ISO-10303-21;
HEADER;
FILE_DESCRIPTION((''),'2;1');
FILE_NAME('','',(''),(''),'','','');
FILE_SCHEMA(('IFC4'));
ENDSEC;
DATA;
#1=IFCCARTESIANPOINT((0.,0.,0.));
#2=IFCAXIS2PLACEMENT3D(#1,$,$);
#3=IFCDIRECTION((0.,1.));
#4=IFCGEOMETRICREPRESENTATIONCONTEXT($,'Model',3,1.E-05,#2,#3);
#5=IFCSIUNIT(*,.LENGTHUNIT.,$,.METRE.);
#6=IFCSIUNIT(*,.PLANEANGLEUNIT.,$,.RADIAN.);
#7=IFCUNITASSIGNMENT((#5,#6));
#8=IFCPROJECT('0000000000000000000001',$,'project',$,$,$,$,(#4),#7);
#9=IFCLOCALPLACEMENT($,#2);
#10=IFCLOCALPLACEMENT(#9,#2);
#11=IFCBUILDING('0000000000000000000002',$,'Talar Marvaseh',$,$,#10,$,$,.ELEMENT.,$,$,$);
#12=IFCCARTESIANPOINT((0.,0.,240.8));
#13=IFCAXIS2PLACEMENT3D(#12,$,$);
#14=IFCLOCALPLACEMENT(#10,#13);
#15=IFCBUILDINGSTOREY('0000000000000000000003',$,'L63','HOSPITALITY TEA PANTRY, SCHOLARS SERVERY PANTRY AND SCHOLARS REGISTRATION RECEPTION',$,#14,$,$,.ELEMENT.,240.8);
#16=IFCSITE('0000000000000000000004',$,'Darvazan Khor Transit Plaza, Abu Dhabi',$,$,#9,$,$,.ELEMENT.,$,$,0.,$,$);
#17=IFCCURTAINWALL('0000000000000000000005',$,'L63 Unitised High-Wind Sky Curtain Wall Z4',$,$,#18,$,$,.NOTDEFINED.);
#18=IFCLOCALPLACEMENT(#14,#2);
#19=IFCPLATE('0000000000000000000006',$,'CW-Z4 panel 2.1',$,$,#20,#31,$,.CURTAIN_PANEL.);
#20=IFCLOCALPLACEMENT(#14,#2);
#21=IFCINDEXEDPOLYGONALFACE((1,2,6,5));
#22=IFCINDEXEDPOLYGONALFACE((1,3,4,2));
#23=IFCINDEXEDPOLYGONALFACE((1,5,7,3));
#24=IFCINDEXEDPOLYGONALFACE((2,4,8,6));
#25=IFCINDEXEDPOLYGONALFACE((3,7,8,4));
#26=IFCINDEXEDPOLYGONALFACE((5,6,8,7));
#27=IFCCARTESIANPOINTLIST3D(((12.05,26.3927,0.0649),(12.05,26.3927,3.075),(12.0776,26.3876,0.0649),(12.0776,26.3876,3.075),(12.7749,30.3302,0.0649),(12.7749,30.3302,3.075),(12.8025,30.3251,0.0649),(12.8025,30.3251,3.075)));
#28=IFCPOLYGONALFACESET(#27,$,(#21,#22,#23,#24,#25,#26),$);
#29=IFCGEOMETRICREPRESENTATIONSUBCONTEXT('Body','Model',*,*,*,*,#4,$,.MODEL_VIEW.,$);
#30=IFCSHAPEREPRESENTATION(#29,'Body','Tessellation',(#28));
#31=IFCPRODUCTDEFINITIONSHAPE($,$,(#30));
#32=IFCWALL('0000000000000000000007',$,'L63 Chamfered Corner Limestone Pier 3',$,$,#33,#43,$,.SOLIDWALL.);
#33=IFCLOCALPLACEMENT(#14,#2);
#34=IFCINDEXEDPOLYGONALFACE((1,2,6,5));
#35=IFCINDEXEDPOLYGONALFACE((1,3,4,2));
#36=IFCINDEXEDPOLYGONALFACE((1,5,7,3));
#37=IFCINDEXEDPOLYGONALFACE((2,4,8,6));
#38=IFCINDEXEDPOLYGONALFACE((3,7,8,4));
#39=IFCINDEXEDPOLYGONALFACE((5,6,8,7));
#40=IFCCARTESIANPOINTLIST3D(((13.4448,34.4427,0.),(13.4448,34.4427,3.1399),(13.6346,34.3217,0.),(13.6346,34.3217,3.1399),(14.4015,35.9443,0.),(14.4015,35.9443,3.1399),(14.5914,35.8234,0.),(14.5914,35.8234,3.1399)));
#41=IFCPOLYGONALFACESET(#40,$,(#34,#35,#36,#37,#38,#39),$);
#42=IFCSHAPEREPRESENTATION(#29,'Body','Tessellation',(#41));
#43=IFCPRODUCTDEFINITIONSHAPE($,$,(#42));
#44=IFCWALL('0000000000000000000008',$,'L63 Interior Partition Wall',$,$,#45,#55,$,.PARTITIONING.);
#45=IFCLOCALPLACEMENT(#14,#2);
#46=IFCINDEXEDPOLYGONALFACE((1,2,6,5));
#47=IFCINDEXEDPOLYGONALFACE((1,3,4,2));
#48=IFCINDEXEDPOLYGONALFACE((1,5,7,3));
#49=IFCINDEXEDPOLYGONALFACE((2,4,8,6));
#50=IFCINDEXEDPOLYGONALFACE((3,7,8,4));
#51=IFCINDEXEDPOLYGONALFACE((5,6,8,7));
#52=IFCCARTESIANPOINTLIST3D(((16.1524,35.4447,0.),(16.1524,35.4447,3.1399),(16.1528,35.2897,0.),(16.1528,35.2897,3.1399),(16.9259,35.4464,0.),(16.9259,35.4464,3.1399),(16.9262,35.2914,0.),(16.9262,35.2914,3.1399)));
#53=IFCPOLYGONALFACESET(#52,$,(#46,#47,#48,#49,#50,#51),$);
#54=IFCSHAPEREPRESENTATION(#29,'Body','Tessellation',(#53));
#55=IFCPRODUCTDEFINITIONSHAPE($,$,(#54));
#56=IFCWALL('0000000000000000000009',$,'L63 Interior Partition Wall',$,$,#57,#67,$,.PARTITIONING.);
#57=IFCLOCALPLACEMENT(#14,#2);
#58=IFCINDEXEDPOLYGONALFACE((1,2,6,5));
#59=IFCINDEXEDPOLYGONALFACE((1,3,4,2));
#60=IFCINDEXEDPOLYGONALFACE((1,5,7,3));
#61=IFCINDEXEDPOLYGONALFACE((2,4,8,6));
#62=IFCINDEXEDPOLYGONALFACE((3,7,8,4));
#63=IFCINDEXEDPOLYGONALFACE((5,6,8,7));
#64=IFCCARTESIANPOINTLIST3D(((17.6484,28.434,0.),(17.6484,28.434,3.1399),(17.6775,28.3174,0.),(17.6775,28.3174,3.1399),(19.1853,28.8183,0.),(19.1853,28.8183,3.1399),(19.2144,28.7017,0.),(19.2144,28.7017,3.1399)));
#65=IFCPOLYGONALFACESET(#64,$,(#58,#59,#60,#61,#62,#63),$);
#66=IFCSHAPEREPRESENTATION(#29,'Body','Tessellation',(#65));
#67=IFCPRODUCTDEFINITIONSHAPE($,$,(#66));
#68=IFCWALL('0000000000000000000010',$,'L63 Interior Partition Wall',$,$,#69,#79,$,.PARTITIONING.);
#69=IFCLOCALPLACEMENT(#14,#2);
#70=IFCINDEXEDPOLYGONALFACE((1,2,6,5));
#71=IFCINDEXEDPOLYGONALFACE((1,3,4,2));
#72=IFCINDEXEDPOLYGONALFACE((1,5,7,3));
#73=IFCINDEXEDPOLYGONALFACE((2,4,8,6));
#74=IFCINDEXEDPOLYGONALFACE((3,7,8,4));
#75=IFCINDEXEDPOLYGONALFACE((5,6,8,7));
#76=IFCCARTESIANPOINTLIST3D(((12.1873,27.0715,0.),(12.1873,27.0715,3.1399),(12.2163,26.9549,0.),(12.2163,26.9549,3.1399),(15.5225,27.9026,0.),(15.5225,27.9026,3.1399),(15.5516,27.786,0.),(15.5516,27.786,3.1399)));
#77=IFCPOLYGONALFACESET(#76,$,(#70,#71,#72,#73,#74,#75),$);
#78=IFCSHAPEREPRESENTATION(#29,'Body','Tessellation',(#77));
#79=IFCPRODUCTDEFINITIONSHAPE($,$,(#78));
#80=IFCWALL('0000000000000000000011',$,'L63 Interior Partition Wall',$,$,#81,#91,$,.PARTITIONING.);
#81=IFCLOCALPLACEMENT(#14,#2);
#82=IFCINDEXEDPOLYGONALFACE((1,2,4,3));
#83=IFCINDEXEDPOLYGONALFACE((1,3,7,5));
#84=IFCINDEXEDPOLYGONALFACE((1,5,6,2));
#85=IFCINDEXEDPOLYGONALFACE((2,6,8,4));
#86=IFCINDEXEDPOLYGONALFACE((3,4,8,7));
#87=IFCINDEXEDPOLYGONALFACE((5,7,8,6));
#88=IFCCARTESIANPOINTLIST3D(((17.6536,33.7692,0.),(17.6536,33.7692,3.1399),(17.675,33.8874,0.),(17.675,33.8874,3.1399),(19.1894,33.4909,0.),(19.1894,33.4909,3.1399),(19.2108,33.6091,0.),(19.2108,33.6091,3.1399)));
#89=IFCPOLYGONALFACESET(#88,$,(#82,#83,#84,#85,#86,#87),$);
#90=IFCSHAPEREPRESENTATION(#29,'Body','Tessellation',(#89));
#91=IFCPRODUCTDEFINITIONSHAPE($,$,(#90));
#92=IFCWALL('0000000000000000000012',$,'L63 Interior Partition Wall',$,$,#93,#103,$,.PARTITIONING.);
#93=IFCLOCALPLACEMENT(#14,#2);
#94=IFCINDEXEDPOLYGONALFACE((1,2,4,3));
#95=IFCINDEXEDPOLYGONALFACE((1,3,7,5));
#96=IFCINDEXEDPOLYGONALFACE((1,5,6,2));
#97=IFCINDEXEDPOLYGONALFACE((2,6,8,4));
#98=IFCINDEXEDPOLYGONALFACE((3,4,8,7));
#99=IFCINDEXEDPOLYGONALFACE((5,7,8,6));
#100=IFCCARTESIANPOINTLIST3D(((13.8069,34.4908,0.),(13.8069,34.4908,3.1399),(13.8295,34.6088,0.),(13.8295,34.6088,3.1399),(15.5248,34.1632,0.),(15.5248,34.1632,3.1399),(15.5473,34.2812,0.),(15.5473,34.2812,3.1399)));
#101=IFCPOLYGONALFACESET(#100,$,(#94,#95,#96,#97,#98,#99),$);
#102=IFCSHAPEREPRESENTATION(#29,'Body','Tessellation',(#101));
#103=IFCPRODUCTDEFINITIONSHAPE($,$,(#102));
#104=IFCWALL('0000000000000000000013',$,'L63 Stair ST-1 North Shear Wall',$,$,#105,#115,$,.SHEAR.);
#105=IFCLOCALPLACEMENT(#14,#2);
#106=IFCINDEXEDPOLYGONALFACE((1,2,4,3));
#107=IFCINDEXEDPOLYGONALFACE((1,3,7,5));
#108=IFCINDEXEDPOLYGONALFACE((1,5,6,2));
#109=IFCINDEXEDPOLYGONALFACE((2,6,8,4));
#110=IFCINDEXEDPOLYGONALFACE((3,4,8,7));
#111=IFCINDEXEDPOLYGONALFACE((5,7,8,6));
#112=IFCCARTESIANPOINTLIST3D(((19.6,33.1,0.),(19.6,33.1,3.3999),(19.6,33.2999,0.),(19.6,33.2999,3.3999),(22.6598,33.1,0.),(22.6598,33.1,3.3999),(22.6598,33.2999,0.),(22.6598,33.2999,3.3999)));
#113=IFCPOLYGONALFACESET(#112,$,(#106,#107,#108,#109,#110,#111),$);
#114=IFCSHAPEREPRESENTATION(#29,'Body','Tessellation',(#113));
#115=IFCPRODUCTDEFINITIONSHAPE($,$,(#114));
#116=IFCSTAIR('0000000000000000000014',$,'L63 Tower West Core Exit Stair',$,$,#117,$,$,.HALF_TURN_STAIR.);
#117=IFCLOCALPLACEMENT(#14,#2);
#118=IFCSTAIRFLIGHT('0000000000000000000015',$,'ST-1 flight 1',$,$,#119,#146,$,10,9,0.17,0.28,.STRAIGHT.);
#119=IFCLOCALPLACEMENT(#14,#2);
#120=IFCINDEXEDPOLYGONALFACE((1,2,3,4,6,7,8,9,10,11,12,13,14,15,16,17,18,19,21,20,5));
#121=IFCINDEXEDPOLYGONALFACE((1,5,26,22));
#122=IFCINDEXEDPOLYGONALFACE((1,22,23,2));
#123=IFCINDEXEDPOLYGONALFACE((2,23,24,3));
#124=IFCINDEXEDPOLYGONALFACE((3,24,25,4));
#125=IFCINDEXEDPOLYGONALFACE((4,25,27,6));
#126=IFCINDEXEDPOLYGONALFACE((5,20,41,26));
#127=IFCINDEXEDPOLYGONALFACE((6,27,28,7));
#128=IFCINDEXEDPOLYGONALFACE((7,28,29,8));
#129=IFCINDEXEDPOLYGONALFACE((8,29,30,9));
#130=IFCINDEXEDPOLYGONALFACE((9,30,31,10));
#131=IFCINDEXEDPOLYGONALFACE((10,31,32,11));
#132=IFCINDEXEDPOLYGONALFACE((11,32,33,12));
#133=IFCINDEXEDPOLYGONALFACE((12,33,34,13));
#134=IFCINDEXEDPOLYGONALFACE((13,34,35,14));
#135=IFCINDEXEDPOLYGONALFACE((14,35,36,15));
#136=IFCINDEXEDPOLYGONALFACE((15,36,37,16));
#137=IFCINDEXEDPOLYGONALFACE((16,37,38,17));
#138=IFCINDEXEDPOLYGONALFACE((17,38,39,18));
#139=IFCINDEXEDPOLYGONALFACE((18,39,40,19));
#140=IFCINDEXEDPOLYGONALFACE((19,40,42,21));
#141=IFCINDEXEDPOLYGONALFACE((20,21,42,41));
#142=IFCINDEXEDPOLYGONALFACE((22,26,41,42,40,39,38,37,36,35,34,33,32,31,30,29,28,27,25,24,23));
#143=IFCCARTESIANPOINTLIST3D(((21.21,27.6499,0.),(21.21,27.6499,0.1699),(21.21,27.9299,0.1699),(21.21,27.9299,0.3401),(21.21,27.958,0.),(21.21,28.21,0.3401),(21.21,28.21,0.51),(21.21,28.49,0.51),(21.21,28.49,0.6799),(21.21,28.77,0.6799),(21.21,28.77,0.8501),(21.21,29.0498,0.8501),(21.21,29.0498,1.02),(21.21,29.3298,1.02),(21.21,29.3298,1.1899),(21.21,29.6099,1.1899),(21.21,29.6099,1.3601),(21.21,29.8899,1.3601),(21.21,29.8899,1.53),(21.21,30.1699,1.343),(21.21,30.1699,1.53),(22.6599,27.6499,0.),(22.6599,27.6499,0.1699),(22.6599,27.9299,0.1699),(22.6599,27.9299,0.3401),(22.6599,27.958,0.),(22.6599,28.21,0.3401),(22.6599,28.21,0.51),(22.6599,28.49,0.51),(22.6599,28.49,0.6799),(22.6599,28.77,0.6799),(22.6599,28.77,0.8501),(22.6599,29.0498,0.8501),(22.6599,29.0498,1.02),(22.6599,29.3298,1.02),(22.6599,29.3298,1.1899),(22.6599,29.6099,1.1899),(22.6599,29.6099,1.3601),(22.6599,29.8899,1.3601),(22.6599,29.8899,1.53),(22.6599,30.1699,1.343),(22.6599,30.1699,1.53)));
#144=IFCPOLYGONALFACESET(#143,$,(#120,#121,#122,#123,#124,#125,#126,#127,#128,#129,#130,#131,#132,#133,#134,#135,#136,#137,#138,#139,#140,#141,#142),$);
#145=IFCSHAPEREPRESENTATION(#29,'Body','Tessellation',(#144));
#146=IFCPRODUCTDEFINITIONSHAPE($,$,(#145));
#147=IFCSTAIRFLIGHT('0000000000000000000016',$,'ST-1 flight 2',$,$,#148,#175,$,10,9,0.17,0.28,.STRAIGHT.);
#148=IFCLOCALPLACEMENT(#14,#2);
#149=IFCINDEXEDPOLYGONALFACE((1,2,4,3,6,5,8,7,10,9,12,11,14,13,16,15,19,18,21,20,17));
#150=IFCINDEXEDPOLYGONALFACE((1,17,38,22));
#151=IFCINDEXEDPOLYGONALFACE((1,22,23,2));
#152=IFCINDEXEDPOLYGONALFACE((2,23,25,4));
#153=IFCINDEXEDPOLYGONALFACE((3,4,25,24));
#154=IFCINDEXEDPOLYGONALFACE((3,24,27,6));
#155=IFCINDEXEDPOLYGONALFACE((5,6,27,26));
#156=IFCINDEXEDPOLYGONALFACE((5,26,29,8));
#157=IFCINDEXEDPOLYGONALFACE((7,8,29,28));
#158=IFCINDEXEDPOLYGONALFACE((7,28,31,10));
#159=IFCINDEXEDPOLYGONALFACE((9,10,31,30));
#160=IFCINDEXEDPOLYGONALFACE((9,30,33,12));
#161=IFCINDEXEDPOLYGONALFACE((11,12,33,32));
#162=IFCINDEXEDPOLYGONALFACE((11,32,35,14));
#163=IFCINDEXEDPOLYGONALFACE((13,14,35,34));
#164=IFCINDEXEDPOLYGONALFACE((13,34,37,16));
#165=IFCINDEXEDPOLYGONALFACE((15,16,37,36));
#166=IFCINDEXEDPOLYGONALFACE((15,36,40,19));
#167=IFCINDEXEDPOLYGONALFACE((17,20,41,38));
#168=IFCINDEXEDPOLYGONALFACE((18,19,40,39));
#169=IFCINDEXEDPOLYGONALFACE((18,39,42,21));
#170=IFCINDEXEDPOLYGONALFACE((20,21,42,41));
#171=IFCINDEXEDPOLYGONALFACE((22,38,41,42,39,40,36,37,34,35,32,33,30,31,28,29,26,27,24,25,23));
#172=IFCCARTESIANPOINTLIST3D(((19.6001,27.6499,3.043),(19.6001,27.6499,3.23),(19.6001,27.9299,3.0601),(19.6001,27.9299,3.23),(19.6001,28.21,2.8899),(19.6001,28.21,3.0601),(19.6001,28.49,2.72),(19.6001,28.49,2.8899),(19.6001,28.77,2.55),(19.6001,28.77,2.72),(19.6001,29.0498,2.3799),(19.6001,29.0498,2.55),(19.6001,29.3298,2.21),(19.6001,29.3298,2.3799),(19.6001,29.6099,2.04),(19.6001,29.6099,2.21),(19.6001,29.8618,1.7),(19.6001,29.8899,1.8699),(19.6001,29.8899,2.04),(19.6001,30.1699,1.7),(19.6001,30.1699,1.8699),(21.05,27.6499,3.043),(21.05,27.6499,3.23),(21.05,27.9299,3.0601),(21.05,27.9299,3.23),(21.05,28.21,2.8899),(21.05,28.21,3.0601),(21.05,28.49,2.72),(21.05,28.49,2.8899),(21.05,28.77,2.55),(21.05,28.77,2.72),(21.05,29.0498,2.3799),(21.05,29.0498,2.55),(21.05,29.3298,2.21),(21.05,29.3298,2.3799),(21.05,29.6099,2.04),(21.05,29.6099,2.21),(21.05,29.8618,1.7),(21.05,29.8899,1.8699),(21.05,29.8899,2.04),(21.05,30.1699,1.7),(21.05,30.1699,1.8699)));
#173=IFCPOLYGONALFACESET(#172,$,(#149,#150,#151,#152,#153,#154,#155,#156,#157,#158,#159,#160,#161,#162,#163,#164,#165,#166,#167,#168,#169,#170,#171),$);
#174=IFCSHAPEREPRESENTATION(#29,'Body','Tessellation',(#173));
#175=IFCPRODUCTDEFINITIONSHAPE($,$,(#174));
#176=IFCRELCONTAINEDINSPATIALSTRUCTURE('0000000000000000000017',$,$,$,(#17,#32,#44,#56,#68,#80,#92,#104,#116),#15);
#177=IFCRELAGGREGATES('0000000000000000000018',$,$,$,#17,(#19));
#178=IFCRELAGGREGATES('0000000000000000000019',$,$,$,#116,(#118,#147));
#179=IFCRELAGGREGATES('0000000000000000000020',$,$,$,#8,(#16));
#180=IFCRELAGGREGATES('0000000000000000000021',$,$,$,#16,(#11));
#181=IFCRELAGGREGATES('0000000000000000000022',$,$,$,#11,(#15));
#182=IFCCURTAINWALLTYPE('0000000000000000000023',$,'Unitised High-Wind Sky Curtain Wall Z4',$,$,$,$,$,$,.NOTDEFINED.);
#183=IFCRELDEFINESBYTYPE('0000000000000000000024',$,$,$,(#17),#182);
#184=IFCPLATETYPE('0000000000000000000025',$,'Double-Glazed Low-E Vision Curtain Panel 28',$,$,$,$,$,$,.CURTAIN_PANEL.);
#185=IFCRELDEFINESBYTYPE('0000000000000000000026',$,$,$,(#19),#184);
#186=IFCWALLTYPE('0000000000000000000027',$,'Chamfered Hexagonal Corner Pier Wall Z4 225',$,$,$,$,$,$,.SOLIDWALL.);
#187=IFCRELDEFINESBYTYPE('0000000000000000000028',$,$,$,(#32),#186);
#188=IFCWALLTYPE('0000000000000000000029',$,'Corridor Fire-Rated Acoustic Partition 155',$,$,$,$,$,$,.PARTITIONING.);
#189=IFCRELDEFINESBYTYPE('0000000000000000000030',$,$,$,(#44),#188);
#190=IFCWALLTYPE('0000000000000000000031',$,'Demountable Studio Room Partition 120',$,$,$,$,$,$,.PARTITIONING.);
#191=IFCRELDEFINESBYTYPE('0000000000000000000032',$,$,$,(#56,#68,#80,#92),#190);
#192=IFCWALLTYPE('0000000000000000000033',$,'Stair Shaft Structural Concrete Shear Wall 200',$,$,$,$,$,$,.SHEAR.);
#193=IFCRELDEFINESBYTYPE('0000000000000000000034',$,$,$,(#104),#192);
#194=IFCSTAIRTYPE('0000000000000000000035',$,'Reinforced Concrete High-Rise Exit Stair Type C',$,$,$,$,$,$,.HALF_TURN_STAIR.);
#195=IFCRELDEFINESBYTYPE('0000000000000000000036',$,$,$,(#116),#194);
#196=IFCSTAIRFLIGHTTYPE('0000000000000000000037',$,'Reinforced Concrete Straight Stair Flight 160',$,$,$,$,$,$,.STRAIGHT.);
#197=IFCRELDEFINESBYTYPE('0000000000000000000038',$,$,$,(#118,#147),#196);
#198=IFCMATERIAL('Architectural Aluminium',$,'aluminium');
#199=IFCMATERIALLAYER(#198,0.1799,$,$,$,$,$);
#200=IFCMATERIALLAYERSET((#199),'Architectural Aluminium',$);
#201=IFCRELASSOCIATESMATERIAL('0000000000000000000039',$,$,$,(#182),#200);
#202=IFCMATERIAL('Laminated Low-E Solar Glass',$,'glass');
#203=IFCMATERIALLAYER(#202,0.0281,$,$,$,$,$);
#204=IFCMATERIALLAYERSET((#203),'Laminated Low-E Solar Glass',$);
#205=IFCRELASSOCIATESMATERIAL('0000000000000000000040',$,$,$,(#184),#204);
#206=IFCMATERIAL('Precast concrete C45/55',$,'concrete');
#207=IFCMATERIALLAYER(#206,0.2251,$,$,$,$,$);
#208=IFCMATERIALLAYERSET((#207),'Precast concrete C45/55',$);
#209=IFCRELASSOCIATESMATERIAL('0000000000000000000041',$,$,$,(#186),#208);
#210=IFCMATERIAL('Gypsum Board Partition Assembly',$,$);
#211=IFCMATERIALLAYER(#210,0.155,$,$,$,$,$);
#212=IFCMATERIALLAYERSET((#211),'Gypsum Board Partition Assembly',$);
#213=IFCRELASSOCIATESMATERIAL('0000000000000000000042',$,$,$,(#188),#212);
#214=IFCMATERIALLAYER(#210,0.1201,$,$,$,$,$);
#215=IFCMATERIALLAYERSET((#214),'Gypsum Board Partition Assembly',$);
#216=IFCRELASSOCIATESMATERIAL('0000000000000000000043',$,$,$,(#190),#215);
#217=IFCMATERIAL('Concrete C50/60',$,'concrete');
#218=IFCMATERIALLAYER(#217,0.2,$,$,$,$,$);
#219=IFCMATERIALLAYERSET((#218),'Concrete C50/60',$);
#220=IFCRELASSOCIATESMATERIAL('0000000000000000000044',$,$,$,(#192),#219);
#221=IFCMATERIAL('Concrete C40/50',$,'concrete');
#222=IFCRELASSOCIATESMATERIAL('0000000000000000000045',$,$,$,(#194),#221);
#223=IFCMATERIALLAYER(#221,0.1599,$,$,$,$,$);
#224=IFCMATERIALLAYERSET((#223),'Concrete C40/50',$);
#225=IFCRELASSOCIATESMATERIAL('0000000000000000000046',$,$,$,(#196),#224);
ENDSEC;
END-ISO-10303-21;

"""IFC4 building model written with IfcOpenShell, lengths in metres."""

from ifc_helpers import new_model, si_unit, direction, frame, frame_2d, origin, origin_2d, place, context, subcontext, project, spatial, polyline, rectangle, outline, extrude, source, transform, mapped, material, layer, layer_set, type_object, element, aggregate, save


model = new_model("IFC4")

# Units and contexts
model_context = context("Model", 3, precision=1e-05, world=origin(), true_north=direction((0.0, 1.0)))
body_context = subcontext(model_context, "Body", "Model", "MODEL_VIEW")
ifc_project = project(units=[si_unit("LENGTHUNIT", "METRE"), si_unit("PLANEANGLEUNIT", "RADIAN")], contexts=[model_context])

# Site, building, storey
site_placement = place(None, origin())
site = spatial("IfcSite", under=ifc_project, at=site_placement, Name="Darvazan Khor Transit Plaza, Abu Dhabi", CompositionType="ELEMENT", RefElevation=0.0)
building_placement = place(site_placement, origin())
building = spatial("IfcBuilding", under=site, at=building_placement, Name="Talar Marvaseh", CompositionType="ELEMENT")
storey_placement = place(building_placement, frame((0.0, 0.0, 240.8)))
storey = spatial("IfcBuildingStorey", under=building, at=storey_placement, Name="L63", Description="HOSPITALITY TEA PANTRY, SCHOLARS SERVERY PANTRY AND SCHOLARS REGISTRATION RECEPTION", CompositionType="ELEMENT", Elevation=240.8)

# Shared definitions
ifc_material_1 = material(Name="Concrete C50/60", Category="concrete")

# Curtain wall, plate
ifc_material_2 = material(Name="Architectural Aluminium", Category="aluminium")
ifc_layer_1 = layer(ifc_material_2, 0.1799)
ifc_layer_set_1 = layer_set([ifc_layer_1], Name="Architectural Aluminium")
curtain_wall_type = type_object("IfcCurtainWallType", Name="Unitised High-Wind Sky Curtain Wall Z4", PredefinedType="NOTDEFINED", material=ifc_layer_set_1)
curtain_wall_placement = place(storey_placement, origin())
curtain_wall = element("IfcCurtainWall", 1, at=curtain_wall_placement, inside=storey, type_object=curtain_wall_type, Name="L63 Unitised High-Wind Sky Curtain Wall Z4", PredefinedType="NOTDEFINED")
ifc_material_3 = material(Name="Laminated Low-E Solar Glass", Category="glass")
ifc_layer_2 = layer(ifc_material_3, 0.0281)
ifc_layer_set_2 = layer_set([ifc_layer_2], Name="Laminated Low-E Solar Glass")
plate_type = type_object("IfcPlateType", Name="Double-Glazed Low-E Vision Curtain Panel 28", PredefinedType="CURTAIN_PANEL", material=ifc_layer_set_2)
shared_shape_1 = source(origin(), body_context, "Body", "SweptSolid", [
    extrude(rectangle(XDim=4.0037, YDim=0.0281, at=origin_2d()), origin(), (0.0, 0.0, 1.0), 3.01),
])
plate_1_placement = place(storey_placement, frame((12.4263, 28.3589, 0.0649), z_axis=(0.0, 0.0, 1.0), x_axis=(0.181067, 0.983471, 0.0)))
plate_1 = element("IfcPlate", 2, at=plate_1_placement, type_object=plate_type, Name="CW-Z4 panel 2.1", PredefinedType="CURTAIN_PANEL", context=body_context, shape_type="MappedRepresentation", body=[
    mapped(shared_shape_1, transform((0.0, 0.0, 0.0), x_axis=(1.0, 0.0, 0.0), y_axis=(0.0, 1.0, 0.0), z_axis=(0.0, 0.0, 1.0), scale=1.0)),
])
aggregate(curtain_wall, [plate_1])

# Walls
ifc_material_4 = material(Name="Precast concrete C45/55", Category="concrete")
ifc_layer_3 = layer(ifc_material_4, 0.2251)
ifc_layer_set_3 = layer_set([ifc_layer_3], Name="Precast concrete C45/55")
wall_type_1 = type_object("IfcWallType", Name="Chamfered Hexagonal Corner Pier Wall Z4 225", PredefinedType="SOLIDWALL", material=ifc_layer_set_3)
wall_1_placement = place(storey_placement, frame((13.5398, 34.3823, 0.0), z_axis=(0.0, 0.0, 1.0), x_axis=(0.537337, 0.843368, 0.0)))
element("IfcWall", 3, at=wall_1_placement, inside=storey, type_object=wall_type_1, Name="L63 Chamfered Corner Limestone Pier 3", PredefinedType="SOLIDWALL", context=body_context, shape_type="SweptSolid", body=[
    extrude(rectangle(XDim=1.7805, YDim=0.2251, at=frame_2d((0.8901, 0.0))), origin(), (0.0, 0.0, 1.0), 3.1399),
])
ifc_material_5 = material(Name="Gypsum Board Partition Assembly")
ifc_layer_4 = layer(ifc_material_5, 0.155)
ifc_layer_set_4 = layer_set([ifc_layer_4], Name="Gypsum Board Partition Assembly")
wall_type_2 = type_object("IfcWallType", Name="Corridor Fire-Rated Acoustic Partition 155", PredefinedType="PARTITIONING", material=ifc_layer_set_4)
wall_2_placement = place(storey_placement, frame((16.1526, 35.3672, 0.0), z_axis=(0.0, 0.0, 1.0), x_axis=(0.999998, 0.00221, 0.0)))
element("IfcWall", 4, at=wall_2_placement, inside=storey, type_object=wall_type_2, Name="L63 Interior Partition Wall", PredefinedType="PARTITIONING", context=body_context, shape_type="SweptSolid", body=[
    extrude(rectangle(XDim=0.7734, YDim=0.155, at=frame_2d((0.3867, 0.0))), origin(), (0.0, 0.0, 1.0), 3.1399),
])
ifc_layer_5 = layer(ifc_material_5, 0.1201)
ifc_layer_set_5 = layer_set([ifc_layer_5], Name="Gypsum Board Partition Assembly")
wall_type_3 = type_object("IfcWallType", Name="Demountable Studio Room Partition 120", PredefinedType="PARTITIONING", material=ifc_layer_set_5)
wall_3_placement = place(storey_placement, frame((17.6631, 28.3757, 0.0), z_axis=(0.0, 0.0, 1.0), x_axis=(0.970133, 0.242572, 0.0)))
element("IfcWall", 5, at=wall_3_placement, inside=storey, type_object=wall_type_3, Name="L63 Interior Partition Wall", PredefinedType="PARTITIONING", context=body_context, shape_type="SweptSolid", body=[
    extrude(rectangle(XDim=1.5842, YDim=0.1201, at=frame_2d((0.792, 0.0))), origin(), (0.0, 0.0, 1.0), 3.1399),
])
wall_4_placement = place(storey_placement, frame((12.2017, 27.0132, 0.0), z_axis=(0.0, 0.0, 1.0), x_axis=(0.97033, 0.241783, 0.0)))
element("IfcWall", 6, at=wall_4_placement, inside=storey, type_object=wall_type_3, Name="L63 Interior Partition Wall", PredefinedType="PARTITIONING", context=body_context, shape_type="SweptSolid", body=[
    extrude(rectangle(XDim=3.4373, YDim=0.1201, at=frame_2d((1.7188, 0.0))), origin(), (0.0, 0.0, 1.0), 3.1399),
])
wall_5_placement = place(storey_placement, frame((19.2, 33.55, 0.0), z_axis=(0.0, 0.0, 1.0), x_axis=(-0.983975, 0.178307, 0.0)))
element("IfcWall", 7, at=wall_5_placement, inside=storey, type_object=wall_type_3, Name="L63 Interior Partition Wall", PredefinedType="PARTITIONING", context=body_context, shape_type="SweptSolid", body=[
    extrude(rectangle(XDim=1.5608, YDim=0.1201, at=frame_2d((0.7803, 0.0))), origin(), (0.0, 0.0, 1.0), 3.1399),
])
wall_6_placement = place(storey_placement, frame((15.5361, 34.2222, 0.0), z_axis=(0.0, 0.0, 1.0), x_axis=(-0.982292, 0.187356, 0.0)))
element("IfcWall", 8, at=wall_6_placement, inside=storey, type_object=wall_type_3, Name="L63 Interior Partition Wall", PredefinedType="PARTITIONING", context=body_context, shape_type="SweptSolid", body=[
    extrude(rectangle(XDim=1.7488, YDim=0.1201, at=frame_2d((0.8745, 0.0))), origin(), (0.0, 0.0, 1.0), 3.1399),
])
ifc_layer_6 = layer(ifc_material_1, 0.2)
ifc_layer_set_6 = layer_set([ifc_layer_6], Name="Concrete C50/60")
wall_type_4 = type_object("IfcWallType", Name="Stair Shaft Structural Concrete Shear Wall 200", PredefinedType="SHEAR", material=ifc_layer_set_6)
wall_7_placement = place(storey_placement, frame((19.6001, 33.2, 0.0), z_axis=(0.0, 0.0, 1.0), x_axis=(1.0, 0.0, 0.0)))
element("IfcWall", 9, at=wall_7_placement, inside=storey, type_object=wall_type_4, Name="L63 Stair ST-1 North Shear Wall", PredefinedType="SHEAR", context=body_context, shape_type="SweptSolid", body=[
    extrude(rectangle(XDim=3.0598, YDim=0.2, at=frame_2d((1.5298, 0.0))), origin(), (0.0, 0.0, 1.0), 3.3999),
])

# Stair, stair flights
ifc_material_6 = material(Name="Concrete C40/50", Category="concrete")
stair_type = type_object("IfcStairType", Name="Reinforced Concrete High-Rise Exit Stair Type C", PredefinedType="HALF_TURN_STAIR", material=ifc_material_6)
stair_placement = place(storey_placement, origin())
stair = element("IfcStair", 10, at=stair_placement, inside=storey, type_object=stair_type, Name="L63 Tower West Core Exit Stair", PredefinedType="HALF_TURN_STAIR")
ifc_layer_7 = layer(ifc_material_6, 0.1599)
ifc_layer_set_7 = layer_set([ifc_layer_7], Name="Concrete C40/50")
stair_flight_type = type_object("IfcStairFlightType", Name="Reinforced Concrete Straight Stair Flight 160", PredefinedType="STRAIGHT", material=ifc_layer_set_7)
stair_flight_1_placement = place(storey_placement, frame((21.9351, 27.6499, 0.0), z_axis=(0.0, 0.0, 1.0), x_axis=(0.0, 1.0, 0.0)))
stair_flight_1 = element("IfcStairFlight", 11, at=stair_flight_1_placement, type_object=stair_flight_type, Name="ST-1 flight 1", NumberOfRisers=10, NumberOfTreads=9, PredefinedType="STRAIGHT", RiserHeight=0.17, TreadLength=0.28, context=body_context, shape_type="SweptSolid", body=[
    extrude(outline(polyline([(0.0, 0.0), (0.0, 0.1699), (0.28, 0.1699), (0.28, 0.3401), (0.5601, 0.3401), (0.5601, 0.51), (0.8401, 0.51), (0.8401, 0.6799), (1.1201, 0.6799), (1.1201, 0.8501), (1.3999, 0.8501), (1.3999, 1.02), (1.6799, 1.02), (1.6799, 1.1899), (1.96, 1.1899), (1.96, 1.3601), (2.24, 1.3601), (2.24, 1.53), (2.52, 1.53), (2.52, 1.7), (2.52, 1.343), (0.3081, 0.0), (0.0, 0.0)])), frame((0.0, 0.7251, 0.0), z_axis=(0.0, -1.0, 0.0), x_axis=(1.0, 0.0, 0.0)), (0.0, 0.0, 1.0), 1.45),
])
stair_flight_2_placement = place(storey_placement, frame((20.325, 30.1699, 1.7), z_axis=(0.0, 0.0, 1.0), x_axis=(0.0, -1.0, 0.0)))
stair_flight_2 = element("IfcStairFlight", 12, at=stair_flight_2_placement, type_object=stair_flight_type, Name="ST-1 flight 2", NumberOfRisers=10, NumberOfTreads=9, PredefinedType="STRAIGHT", RiserHeight=0.17, TreadLength=0.28, context=body_context, shape_type="SweptSolid", body=[
    extrude(outline(polyline([(0.0, 0.0), (0.0, 0.1699), (0.28, 0.1699), (0.28, 0.3401), (0.5601, 0.3401), (0.5601, 0.51), (0.8401, 0.51), (0.8401, 0.6799), (1.1201, 0.6799), (1.1201, 0.8501), (1.3999, 0.8501), (1.3999, 1.02), (1.6799, 1.02), (1.6799, 1.1899), (1.96, 1.1899), (1.96, 1.3601), (2.24, 1.3601), (2.24, 1.53), (2.52, 1.53), (2.52, 1.7), (2.52, 1.343), (0.3081, 0.0), (0.0, 0.0)])), frame((0.0, 0.7251, 0.0), z_axis=(0.0, -1.0, 0.0), x_axis=(1.0, 0.0, 0.0)), (0.0, 0.0, 1.0), 1.45),
])
aggregate(stair, [stair_flight_1, stair_flight_2])

save(model, "model.ifc")
